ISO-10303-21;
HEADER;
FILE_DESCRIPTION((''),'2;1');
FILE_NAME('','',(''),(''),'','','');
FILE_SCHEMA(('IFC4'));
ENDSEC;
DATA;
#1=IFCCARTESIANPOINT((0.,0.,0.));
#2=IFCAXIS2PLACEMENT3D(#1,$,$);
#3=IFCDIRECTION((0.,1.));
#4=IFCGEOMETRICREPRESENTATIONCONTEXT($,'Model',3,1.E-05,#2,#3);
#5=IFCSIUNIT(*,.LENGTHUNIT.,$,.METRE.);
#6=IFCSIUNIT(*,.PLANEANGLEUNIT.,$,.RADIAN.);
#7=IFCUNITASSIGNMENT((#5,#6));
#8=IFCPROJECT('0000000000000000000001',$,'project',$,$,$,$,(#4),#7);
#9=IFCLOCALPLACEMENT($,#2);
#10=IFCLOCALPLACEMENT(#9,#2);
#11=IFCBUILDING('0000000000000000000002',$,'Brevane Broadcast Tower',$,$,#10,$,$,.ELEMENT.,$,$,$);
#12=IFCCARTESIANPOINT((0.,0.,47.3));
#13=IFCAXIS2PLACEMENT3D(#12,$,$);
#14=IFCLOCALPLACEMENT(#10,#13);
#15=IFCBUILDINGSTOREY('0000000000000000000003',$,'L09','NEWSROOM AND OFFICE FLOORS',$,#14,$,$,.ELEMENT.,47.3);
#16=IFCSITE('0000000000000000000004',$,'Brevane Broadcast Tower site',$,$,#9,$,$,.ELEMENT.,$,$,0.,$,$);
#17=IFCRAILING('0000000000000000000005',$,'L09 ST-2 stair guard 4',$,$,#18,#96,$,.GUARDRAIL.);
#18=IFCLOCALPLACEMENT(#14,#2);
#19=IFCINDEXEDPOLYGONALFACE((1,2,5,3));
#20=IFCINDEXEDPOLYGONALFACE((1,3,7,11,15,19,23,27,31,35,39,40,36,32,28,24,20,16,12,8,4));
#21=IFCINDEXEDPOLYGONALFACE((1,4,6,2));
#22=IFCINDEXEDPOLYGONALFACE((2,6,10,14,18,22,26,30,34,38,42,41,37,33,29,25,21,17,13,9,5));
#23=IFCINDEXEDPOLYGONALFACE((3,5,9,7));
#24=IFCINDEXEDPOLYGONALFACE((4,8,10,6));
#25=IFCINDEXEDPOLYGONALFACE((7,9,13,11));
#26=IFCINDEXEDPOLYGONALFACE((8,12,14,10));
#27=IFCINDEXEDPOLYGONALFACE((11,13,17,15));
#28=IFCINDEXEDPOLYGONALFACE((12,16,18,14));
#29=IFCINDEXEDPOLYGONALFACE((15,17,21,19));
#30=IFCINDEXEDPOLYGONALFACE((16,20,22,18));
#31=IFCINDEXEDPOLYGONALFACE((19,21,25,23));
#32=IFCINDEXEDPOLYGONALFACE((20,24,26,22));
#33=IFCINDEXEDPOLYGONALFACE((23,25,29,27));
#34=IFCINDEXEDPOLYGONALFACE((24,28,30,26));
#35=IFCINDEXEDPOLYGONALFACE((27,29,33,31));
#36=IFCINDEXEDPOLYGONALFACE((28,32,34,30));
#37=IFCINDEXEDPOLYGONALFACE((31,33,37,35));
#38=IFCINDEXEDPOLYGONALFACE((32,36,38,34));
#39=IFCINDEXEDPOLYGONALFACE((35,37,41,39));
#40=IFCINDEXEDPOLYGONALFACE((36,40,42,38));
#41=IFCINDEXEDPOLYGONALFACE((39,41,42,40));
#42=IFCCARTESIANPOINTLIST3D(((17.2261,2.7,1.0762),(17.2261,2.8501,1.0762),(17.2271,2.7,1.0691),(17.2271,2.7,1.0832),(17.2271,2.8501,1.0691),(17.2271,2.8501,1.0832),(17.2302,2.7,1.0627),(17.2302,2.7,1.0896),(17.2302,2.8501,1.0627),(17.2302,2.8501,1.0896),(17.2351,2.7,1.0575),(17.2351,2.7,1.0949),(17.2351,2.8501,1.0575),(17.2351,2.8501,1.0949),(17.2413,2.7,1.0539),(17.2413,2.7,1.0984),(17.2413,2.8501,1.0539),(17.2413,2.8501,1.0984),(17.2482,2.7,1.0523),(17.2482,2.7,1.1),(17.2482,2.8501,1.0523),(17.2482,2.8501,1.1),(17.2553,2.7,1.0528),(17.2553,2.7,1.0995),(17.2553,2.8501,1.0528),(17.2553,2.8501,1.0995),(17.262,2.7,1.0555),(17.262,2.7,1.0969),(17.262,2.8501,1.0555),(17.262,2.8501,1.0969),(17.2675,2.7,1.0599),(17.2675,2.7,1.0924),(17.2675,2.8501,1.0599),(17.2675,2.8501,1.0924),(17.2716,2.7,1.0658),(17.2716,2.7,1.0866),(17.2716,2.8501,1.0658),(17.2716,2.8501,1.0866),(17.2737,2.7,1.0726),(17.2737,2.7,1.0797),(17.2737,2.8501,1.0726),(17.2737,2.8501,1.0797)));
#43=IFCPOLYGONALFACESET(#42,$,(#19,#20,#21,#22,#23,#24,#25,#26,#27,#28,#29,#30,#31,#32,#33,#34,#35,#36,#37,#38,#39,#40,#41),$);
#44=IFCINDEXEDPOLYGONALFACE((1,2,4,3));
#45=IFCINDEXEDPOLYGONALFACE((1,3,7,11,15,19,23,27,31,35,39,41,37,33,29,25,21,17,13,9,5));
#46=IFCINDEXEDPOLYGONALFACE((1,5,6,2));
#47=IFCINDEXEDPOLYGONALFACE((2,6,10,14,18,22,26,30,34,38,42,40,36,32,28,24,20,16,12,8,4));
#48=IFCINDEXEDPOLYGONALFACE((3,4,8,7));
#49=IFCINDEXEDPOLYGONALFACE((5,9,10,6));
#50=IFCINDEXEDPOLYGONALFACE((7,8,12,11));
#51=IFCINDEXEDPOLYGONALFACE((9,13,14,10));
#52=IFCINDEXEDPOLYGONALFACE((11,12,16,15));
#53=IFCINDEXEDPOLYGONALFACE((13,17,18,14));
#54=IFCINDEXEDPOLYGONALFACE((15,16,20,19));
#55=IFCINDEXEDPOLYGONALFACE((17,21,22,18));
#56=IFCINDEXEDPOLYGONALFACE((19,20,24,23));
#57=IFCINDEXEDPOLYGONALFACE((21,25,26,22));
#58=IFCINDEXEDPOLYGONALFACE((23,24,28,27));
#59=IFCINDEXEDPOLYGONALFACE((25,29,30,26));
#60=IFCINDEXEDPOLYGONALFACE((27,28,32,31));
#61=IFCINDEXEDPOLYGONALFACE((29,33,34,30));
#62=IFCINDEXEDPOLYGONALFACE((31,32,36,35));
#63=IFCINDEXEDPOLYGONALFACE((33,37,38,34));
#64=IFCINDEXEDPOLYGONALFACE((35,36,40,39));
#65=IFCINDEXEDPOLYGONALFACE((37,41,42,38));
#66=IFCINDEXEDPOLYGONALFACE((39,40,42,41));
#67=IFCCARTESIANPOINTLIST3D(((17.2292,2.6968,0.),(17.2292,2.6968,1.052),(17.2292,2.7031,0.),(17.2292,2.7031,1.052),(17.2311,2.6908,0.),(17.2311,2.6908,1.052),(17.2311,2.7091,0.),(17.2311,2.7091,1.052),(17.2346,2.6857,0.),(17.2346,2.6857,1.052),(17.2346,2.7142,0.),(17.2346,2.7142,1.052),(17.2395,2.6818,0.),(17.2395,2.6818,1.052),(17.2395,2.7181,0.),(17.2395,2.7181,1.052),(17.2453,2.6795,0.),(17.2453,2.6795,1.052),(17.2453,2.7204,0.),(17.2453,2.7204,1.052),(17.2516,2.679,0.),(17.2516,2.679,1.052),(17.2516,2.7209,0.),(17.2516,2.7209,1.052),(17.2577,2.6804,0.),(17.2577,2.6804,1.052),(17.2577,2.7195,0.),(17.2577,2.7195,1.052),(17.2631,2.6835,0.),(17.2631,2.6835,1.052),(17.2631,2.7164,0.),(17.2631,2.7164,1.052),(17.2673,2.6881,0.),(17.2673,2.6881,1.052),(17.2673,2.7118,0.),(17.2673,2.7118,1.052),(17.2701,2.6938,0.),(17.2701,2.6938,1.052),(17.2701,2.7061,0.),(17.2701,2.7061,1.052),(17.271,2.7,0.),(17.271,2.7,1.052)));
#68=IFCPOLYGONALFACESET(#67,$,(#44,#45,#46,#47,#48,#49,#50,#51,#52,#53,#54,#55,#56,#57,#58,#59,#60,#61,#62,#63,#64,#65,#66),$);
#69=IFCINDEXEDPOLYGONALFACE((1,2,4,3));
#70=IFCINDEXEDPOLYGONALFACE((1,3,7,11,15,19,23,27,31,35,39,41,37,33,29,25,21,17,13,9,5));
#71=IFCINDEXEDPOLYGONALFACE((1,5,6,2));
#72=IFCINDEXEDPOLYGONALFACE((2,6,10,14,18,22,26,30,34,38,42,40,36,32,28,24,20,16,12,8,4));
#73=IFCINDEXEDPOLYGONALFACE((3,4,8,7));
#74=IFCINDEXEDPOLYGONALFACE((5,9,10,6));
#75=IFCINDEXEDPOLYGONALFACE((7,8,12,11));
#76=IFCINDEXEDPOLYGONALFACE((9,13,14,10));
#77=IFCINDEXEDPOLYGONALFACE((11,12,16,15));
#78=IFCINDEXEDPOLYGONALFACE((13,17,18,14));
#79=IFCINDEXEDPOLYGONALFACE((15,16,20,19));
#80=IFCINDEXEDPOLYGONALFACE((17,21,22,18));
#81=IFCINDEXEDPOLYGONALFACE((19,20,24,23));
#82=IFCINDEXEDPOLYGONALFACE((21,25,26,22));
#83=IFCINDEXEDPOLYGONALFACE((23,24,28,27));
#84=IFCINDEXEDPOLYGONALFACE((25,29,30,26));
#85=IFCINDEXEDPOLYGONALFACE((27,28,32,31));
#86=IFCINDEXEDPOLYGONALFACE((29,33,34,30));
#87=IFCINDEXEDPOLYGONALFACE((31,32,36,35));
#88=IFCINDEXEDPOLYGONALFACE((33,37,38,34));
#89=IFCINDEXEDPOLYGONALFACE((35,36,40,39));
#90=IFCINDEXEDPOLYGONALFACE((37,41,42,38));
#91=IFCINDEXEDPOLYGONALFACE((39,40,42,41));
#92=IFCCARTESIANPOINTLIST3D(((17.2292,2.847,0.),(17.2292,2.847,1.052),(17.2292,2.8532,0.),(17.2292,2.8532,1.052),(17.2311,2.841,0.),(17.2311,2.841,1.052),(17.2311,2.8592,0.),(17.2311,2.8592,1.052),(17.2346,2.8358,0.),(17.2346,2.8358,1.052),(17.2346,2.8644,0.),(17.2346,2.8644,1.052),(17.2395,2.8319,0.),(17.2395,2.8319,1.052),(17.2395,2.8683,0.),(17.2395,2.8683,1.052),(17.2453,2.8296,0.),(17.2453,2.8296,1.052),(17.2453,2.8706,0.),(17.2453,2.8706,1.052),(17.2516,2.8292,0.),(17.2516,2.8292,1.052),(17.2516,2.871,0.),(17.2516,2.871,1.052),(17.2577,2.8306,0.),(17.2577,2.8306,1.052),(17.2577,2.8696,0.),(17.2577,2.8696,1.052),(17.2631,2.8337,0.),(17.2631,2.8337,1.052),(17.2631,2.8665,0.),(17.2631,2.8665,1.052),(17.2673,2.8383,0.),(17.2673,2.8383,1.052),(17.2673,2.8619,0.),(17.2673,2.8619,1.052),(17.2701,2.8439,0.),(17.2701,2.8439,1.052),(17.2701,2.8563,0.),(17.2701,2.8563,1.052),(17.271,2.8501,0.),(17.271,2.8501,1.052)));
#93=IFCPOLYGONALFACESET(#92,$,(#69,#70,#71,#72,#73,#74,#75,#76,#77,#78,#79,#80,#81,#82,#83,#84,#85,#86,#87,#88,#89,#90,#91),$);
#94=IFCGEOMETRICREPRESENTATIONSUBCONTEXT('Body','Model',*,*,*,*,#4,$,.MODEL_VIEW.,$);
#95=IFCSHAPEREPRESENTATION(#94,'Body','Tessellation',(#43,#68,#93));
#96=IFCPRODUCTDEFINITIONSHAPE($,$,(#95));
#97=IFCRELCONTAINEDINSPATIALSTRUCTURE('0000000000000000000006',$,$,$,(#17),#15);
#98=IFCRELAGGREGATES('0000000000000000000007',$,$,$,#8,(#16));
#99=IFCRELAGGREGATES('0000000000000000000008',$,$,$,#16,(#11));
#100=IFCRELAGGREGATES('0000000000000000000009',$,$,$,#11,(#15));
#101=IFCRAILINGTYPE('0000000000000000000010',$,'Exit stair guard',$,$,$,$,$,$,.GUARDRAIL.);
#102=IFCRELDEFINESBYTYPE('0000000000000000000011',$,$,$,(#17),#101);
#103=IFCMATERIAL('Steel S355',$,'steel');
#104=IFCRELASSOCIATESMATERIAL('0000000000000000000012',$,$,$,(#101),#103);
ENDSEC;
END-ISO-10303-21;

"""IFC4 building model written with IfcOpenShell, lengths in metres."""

from ifc_helpers import new_model, si_unit, direction, frame, origin, origin_2d, place, context, subcontext, project, spatial, circle, extrude, material, type_object, element, save


model = new_model("IFC4")

# Units and contexts
model_context = context("Model", 3, precision=1e-05, world=origin(), true_north=direction((0.0, 1.0)))
body_context = subcontext(model_context, "Body", "Model", "MODEL_VIEW")
ifc_project = project(units=[si_unit("LENGTHUNIT", "METRE"), si_unit("PLANEANGLEUNIT", "RADIAN")], contexts=[model_context])

# Site, building, storey
site_placement = place(None, origin())
site = spatial("IfcSite", under=ifc_project, at=site_placement, Name="Brevane Broadcast Tower site", CompositionType="ELEMENT", RefElevation=0.0)
building_placement = place(site_placement, origin())
building = spatial("IfcBuilding", under=site, at=building_placement, Name="Brevane Broadcast Tower", CompositionType="ELEMENT")
storey_placement = place(building_placement, frame((0.0, 0.0, 47.3)))
storey = spatial("IfcBuildingStorey", under=building, at=storey_placement, Name="L09", Description="NEWSROOM AND OFFICE FLOORS", CompositionType="ELEMENT", Elevation=47.3)

# Railing
ifc_material_1 = material(Name="Steel S355", Category="steel")
railing_type_1 = type_object("IfcRailingType", Name="Exit stair guard", PredefinedType="GUARDRAIL", material=ifc_material_1)
railing_1_placement = place(storey_placement, frame((17.25, 2.7, 0.0)))
element("IfcRailing", 1, at=railing_1_placement, inside=storey, type_object=railing_type_1, Name="L09 ST-2 stair guard 4", PredefinedType="GUARDRAIL", context=body_context, shape_type="SweptSolid", body=[
    extrude(circle(Radius=0.0239, at=origin_2d()), frame((0.0, 0.0, 1.0762), z_axis=(0.0, 1.0, 0.0), x_axis=(-1.0, 0.0, 0.0)), (0.0, 0.0, 1.0), 0.1501),
    extrude(circle(Radius=0.021, at=origin_2d()), origin(), (0.0, 0.0, 1.0), 1.052),
    extrude(circle(Radius=0.021, at=origin_2d()), frame((0.0, 0.1501, 0.0)), (0.0, 0.0, 1.0), 1.052),
])

save(model, "model.ifc")
